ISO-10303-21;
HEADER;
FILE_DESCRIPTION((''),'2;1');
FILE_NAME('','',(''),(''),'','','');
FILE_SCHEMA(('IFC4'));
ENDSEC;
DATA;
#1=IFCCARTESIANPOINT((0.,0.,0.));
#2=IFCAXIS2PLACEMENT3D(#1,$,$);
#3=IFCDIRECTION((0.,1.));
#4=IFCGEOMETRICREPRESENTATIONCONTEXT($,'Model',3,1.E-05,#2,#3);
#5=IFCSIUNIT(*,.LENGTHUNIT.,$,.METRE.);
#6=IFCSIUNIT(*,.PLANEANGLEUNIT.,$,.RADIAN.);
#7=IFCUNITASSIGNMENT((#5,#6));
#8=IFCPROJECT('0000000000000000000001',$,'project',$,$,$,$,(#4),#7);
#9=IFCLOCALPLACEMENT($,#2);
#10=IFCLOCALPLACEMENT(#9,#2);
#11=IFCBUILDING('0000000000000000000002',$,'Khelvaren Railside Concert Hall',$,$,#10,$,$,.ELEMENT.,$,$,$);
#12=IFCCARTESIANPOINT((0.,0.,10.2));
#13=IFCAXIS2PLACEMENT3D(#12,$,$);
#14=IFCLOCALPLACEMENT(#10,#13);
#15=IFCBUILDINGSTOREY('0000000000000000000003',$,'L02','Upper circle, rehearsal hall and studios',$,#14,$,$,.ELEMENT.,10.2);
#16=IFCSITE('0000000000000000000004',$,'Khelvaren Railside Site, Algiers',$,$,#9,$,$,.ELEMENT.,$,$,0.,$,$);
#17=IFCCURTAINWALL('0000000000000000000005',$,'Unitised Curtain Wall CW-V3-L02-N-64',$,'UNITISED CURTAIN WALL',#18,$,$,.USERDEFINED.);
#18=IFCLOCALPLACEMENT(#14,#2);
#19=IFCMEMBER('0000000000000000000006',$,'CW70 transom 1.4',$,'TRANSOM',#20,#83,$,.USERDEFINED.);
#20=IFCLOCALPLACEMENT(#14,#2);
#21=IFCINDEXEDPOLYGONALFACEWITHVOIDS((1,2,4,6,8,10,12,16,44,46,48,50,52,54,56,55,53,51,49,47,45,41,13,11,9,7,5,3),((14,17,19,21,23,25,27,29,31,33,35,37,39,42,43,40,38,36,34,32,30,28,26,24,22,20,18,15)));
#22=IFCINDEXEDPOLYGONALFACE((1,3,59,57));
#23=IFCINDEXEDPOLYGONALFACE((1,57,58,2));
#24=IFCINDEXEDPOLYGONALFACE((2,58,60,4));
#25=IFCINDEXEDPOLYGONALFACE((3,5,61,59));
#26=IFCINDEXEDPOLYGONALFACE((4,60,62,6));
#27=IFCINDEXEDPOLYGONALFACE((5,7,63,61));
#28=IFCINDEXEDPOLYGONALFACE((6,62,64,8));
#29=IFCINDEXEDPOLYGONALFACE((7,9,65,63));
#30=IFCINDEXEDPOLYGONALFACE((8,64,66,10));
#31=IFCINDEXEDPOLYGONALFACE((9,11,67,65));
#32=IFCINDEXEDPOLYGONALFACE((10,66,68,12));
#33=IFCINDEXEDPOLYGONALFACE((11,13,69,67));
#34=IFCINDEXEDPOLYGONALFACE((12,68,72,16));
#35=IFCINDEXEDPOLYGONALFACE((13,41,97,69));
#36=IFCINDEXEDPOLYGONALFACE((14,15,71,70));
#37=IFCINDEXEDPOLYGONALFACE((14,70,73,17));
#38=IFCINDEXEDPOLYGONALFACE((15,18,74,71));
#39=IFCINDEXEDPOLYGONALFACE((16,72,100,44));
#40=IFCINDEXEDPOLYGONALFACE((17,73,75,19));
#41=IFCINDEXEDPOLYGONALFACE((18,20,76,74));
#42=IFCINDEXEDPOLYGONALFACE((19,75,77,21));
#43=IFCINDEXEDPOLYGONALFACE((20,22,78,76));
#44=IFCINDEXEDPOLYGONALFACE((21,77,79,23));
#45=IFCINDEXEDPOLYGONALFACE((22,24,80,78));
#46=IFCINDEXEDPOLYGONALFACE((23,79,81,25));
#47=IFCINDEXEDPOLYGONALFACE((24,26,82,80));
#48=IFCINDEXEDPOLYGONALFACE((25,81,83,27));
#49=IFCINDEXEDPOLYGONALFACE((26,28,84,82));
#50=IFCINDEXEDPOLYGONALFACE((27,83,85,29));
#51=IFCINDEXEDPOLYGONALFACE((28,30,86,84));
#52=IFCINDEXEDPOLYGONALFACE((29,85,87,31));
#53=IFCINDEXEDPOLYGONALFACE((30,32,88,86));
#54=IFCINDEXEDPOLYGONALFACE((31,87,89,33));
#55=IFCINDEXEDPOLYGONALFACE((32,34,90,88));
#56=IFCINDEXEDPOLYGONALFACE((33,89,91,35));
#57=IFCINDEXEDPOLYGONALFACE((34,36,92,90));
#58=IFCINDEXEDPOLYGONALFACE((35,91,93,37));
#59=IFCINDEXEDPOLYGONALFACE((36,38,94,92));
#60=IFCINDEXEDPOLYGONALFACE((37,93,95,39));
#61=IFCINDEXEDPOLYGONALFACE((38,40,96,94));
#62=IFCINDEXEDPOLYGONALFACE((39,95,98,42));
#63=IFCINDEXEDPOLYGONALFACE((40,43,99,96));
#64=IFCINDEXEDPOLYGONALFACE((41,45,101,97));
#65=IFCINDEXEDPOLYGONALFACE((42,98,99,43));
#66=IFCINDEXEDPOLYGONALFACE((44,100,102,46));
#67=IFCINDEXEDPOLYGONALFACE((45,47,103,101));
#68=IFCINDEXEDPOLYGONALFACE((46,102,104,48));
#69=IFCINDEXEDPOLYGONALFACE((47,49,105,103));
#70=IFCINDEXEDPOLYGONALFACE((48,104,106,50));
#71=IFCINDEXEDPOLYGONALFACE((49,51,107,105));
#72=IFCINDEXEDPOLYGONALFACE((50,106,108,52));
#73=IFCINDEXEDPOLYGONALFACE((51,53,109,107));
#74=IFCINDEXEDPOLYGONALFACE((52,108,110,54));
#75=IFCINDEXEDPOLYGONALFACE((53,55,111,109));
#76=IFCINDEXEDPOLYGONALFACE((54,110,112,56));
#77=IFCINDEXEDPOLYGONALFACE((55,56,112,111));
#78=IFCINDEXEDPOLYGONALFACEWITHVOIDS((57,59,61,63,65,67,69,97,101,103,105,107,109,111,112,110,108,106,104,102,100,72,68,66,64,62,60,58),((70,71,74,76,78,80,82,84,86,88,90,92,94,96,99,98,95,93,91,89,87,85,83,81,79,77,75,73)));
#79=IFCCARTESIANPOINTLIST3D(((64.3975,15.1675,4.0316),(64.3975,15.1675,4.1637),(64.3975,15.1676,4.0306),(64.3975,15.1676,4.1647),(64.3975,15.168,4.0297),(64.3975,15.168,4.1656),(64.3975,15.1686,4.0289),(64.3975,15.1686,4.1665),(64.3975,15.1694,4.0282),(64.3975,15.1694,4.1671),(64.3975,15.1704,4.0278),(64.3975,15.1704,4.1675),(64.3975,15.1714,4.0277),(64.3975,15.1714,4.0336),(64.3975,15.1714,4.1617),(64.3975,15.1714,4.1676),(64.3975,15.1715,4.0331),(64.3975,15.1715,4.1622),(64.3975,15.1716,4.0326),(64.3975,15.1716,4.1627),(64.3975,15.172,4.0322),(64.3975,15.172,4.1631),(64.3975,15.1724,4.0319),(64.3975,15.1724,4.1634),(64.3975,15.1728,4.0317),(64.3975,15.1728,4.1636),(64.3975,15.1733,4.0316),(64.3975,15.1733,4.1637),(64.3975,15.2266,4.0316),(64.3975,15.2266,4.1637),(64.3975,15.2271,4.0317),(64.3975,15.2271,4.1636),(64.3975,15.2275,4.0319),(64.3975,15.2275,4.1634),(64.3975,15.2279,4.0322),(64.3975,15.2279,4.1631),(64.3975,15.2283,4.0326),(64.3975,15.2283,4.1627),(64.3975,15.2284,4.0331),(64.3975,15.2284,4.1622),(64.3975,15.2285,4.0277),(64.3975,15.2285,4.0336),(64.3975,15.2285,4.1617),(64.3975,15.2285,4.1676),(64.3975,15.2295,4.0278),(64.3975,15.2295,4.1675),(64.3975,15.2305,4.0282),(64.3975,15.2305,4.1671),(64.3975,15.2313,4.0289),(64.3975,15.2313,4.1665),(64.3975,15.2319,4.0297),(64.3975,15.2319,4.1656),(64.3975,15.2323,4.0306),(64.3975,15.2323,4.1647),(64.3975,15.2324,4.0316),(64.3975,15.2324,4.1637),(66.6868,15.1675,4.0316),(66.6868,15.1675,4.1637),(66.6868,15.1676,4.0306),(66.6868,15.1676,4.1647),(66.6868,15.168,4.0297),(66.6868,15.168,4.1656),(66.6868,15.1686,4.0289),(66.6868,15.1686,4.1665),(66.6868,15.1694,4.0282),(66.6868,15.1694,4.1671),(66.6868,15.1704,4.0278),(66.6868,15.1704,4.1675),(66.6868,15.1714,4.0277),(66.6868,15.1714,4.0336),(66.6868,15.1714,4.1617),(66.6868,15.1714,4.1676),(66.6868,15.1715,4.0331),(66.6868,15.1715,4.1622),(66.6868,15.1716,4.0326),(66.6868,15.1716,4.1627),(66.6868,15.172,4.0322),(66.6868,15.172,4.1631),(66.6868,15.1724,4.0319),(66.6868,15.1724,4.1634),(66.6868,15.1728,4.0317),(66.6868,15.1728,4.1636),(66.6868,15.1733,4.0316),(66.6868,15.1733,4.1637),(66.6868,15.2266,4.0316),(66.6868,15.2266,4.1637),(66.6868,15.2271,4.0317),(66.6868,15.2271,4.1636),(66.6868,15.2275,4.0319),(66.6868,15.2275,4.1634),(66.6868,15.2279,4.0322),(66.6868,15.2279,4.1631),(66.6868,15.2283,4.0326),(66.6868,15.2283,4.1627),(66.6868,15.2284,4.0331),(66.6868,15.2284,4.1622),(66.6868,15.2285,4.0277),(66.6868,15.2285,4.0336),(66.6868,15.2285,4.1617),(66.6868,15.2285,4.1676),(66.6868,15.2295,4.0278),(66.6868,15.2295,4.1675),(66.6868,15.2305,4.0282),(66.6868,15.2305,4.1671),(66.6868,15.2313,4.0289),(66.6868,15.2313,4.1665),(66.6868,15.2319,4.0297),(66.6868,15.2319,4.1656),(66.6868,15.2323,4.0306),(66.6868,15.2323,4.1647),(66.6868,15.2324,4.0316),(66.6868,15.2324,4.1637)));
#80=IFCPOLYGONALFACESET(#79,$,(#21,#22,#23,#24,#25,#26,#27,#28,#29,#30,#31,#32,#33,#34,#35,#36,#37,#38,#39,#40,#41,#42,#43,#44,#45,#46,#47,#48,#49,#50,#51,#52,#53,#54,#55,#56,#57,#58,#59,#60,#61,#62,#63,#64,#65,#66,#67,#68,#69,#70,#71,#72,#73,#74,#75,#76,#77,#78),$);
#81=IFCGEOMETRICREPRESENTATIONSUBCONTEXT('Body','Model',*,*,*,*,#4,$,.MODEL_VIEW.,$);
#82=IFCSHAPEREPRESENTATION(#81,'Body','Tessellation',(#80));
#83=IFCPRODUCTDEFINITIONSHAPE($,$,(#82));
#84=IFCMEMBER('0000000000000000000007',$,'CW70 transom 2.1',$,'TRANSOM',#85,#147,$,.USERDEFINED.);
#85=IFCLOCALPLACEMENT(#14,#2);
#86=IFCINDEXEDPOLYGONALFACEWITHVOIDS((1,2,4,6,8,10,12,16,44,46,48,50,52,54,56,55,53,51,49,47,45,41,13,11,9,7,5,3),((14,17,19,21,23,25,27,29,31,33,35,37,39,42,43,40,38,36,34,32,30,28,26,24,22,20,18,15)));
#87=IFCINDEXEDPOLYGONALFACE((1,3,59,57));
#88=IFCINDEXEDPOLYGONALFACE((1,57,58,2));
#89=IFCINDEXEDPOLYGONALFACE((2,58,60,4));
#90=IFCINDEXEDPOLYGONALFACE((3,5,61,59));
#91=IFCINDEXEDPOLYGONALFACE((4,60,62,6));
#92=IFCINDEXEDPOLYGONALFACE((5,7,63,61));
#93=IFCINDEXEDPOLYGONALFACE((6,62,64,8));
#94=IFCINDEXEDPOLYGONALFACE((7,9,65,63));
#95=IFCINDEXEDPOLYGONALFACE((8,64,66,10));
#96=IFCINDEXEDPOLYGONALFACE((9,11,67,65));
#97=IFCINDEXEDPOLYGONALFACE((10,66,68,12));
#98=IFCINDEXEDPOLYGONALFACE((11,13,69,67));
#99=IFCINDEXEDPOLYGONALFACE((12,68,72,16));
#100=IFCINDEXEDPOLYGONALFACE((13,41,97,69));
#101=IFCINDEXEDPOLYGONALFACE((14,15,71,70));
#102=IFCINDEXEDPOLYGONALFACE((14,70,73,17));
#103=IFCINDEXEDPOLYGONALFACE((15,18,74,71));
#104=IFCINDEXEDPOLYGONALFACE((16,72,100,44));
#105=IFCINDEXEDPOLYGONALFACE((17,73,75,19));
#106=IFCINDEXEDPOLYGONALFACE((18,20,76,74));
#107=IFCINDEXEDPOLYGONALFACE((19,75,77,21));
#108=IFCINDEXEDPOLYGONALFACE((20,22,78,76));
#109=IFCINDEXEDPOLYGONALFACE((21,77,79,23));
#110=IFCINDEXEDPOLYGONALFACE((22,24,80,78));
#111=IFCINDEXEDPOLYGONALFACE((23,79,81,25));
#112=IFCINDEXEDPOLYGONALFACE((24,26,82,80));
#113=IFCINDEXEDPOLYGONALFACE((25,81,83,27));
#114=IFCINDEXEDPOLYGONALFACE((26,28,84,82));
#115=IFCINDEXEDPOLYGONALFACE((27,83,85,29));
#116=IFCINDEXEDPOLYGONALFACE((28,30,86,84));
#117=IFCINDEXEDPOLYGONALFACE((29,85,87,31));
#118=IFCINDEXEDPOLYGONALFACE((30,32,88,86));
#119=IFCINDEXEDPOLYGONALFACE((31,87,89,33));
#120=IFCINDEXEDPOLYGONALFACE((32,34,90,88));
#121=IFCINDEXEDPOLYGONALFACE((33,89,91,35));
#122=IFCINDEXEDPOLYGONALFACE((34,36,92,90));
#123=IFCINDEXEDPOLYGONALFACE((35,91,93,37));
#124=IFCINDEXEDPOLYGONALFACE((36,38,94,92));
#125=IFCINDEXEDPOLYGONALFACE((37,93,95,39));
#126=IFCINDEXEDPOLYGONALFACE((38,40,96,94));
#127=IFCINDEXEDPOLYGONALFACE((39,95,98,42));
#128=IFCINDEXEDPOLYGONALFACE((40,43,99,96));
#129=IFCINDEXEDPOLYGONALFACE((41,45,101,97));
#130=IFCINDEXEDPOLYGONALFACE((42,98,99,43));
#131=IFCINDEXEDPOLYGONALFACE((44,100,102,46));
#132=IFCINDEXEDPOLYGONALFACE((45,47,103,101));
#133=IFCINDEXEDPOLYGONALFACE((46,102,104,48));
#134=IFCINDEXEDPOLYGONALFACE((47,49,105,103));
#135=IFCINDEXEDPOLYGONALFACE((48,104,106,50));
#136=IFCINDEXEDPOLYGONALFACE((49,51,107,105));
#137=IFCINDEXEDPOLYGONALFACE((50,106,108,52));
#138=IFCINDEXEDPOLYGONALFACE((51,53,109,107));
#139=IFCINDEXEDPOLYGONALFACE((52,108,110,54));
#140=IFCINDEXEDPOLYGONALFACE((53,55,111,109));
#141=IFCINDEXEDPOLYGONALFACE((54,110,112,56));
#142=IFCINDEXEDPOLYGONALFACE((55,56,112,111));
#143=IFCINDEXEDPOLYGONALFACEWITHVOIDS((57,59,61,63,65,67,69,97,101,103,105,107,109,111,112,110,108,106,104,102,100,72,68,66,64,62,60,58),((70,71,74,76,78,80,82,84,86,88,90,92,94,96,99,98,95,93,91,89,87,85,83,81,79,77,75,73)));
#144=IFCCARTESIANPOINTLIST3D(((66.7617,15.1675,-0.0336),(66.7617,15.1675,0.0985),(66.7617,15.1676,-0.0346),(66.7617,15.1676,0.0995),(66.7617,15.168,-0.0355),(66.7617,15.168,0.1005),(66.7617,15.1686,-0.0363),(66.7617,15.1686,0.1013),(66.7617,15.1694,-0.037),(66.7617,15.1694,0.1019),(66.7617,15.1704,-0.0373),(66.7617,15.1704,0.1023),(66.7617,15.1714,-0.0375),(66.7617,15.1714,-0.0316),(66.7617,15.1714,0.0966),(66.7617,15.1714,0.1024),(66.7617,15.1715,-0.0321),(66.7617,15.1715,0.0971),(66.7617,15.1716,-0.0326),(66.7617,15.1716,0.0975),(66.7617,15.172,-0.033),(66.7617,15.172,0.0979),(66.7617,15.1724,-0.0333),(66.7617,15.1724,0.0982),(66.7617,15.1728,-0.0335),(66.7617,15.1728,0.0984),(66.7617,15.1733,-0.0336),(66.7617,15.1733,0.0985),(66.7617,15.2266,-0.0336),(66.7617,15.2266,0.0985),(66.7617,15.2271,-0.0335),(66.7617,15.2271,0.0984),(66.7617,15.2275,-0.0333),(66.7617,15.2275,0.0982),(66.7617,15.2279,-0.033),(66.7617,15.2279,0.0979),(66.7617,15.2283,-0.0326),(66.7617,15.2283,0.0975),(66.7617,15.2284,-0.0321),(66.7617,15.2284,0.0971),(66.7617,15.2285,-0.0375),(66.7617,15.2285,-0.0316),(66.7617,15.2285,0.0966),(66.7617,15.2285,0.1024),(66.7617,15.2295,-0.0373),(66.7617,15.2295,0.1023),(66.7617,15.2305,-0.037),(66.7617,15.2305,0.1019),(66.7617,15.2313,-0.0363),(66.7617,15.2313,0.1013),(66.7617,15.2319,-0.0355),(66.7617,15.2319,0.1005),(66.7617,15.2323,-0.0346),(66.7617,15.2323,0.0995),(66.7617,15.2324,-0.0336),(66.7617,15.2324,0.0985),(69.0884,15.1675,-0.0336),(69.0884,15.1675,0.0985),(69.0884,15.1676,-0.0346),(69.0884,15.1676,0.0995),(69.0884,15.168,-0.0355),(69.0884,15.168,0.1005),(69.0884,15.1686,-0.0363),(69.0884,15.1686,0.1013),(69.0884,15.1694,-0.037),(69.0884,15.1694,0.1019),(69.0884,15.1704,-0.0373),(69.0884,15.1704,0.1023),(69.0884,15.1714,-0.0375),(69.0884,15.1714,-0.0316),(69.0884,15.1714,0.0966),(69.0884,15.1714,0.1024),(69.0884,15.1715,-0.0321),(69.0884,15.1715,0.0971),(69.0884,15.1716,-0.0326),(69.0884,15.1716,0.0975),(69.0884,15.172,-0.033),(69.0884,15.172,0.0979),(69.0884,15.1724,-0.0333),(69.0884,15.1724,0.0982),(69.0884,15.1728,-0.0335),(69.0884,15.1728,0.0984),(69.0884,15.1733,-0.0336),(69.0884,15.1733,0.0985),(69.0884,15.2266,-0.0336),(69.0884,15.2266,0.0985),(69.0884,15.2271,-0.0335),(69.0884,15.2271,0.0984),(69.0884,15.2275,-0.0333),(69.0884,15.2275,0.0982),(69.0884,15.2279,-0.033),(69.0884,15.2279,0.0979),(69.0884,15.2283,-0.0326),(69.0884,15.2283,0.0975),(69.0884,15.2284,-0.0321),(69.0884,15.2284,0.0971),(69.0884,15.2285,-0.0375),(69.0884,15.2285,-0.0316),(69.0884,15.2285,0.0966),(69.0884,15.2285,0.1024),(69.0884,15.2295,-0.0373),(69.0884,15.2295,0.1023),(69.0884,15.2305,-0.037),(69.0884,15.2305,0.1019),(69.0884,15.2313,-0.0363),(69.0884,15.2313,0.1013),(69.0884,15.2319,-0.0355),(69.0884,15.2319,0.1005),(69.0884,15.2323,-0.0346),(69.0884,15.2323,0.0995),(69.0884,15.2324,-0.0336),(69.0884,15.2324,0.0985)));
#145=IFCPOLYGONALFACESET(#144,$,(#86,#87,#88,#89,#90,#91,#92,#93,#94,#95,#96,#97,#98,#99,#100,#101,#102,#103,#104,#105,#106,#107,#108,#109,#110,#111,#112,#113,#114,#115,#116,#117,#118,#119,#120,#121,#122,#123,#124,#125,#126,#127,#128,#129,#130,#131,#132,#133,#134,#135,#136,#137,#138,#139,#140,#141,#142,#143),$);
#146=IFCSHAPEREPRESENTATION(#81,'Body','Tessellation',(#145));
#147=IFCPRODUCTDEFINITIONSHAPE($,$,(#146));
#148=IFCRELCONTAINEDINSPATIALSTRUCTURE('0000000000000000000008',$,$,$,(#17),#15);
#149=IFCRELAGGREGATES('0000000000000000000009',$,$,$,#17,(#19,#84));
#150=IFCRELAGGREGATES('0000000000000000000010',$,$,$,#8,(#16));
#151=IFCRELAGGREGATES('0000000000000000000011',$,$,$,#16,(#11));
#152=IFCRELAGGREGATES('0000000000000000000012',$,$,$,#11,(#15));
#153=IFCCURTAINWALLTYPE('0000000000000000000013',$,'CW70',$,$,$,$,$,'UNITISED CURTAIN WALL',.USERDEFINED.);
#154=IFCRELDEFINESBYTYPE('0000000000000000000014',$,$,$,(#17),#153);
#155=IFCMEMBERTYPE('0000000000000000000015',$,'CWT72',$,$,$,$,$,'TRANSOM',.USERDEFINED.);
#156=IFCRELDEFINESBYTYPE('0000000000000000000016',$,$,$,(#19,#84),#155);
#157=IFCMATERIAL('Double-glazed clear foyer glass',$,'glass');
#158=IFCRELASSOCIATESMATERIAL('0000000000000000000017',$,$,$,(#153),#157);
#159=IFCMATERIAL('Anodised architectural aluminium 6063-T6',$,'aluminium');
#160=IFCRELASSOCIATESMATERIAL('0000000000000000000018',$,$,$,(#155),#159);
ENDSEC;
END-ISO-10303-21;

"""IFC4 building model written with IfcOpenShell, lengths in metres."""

from ifc_helpers import new_model, si_unit, direction, frame, origin, origin_2d, place, context, subcontext, project, spatial, hollow_rectangle, extrude, material, material_profile, profile_set, type_object, element, aggregate, save


model = new_model("IFC4")

# Units and contexts
model_context = context("Model", 3, precision=1e-05, world=origin(), true_north=direction((0.0, 1.0)))
body_context = subcontext(model_context, "Body", "Model", "MODEL_VIEW")
ifc_project = project(units=[si_unit("LENGTHUNIT", "METRE"), si_unit("PLANEANGLEUNIT", "RADIAN")], contexts=[model_context])

# Site, building, storey
site_placement = place(None, origin())
site = spatial("IfcSite", under=ifc_project, at=site_placement, Name="Khelvaren Railside Site, Algiers", CompositionType="ELEMENT", RefElevation=0.0)
building_placement = place(site_placement, origin())
building = spatial("IfcBuilding", under=site, at=building_placement, Name="Khelvaren Railside Concert Hall", CompositionType="ELEMENT")
storey_placement = place(building_placement, frame((0.0, 0.0, 10.2)))
storey = spatial("IfcBuildingStorey", under=building, at=storey_placement, Name="L02", Description="Upper circle, rehearsal hall and studios", CompositionType="ELEMENT", Elevation=10.2)

# Curtain wall
ifc_material_1 = material(Name="Double-glazed clear foyer glass", Category="glass")
curtain_wall_type_1 = type_object("IfcCurtainWallType", Name="CW70", ElementType="UNITISED CURTAIN WALL", PredefinedType="USERDEFINED", material=ifc_material_1)
curtain_wall_1_placement = place(storey_placement, origin())
curtain_wall_1 = element("IfcCurtainWall", 1, at=curtain_wall_1_placement, inside=storey, type_object=curtain_wall_type_1, Name="Unitised Curtain Wall CW-V3-L02-N-64", ObjectType="UNITISED CURTAIN WALL", PredefinedType="USERDEFINED")
ifc_material_2 = material(Name="Anodised architectural aluminium 6063-T6", Category="aluminium")

# Members
ifc_material_profile_1 = material_profile(ifc_material_2, hollow_rectangle(XDim=0.0649, YDim=0.1399, WallThickness=0.0039, InnerFilletRadius=0.002, OuterFilletRadius=0.0039, at=origin_2d()), Name="CWT 65x140x4")
ifc_profile_set_1 = profile_set([ifc_material_profile_1], Name="Anodised architectural aluminium 6063-T6")
member_type_1 = type_object("IfcMemberType", Name="CWT72", ElementType="TRANSOM", PredefinedType="USERDEFINED", material=ifc_profile_set_1)
member_1_placement = place(storey_placement, frame((64.3975, 15.2, 4.0977), z_axis=(1.0, 0.0, 0.0), x_axis=(0.0, 1.0, 0.0)))
member_1 = element("IfcMember", 2, at=member_1_placement, type_object=member_type_1, Name="CW70 transom 1.4", ObjectType="TRANSOM", PredefinedType="USERDEFINED", context=body_context, shape_type="SweptSolid", body=[
    extrude(hollow_rectangle(XDim=0.0649, YDim=0.1399, WallThickness=0.0039, InnerFilletRadius=0.002, OuterFilletRadius=0.0039, at=origin_2d()), origin(), (0.0, 0.0, 1.0), 2.2893),
])
member_2_placement = place(storey_placement, frame((66.7617, 15.2, 0.0325), z_axis=(1.0, 0.0, 0.0), x_axis=(0.0, 1.0, 0.0)))
member_2 = element("IfcMember", 3, at=member_2_placement, type_object=member_type_1, Name="CW70 transom 2.1", ObjectType="TRANSOM", PredefinedType="USERDEFINED", context=body_context, shape_type="SweptSolid", body=[
    extrude(hollow_rectangle(XDim=0.0649, YDim=0.1399, WallThickness=0.0039, InnerFilletRadius=0.002, OuterFilletRadius=0.0039, at=origin_2d()), origin(), (0.0, 0.0, 1.0), 2.3267),
])

aggregate(curtain_wall_1, [member_1, member_2])

save(model, "model.ifc")
